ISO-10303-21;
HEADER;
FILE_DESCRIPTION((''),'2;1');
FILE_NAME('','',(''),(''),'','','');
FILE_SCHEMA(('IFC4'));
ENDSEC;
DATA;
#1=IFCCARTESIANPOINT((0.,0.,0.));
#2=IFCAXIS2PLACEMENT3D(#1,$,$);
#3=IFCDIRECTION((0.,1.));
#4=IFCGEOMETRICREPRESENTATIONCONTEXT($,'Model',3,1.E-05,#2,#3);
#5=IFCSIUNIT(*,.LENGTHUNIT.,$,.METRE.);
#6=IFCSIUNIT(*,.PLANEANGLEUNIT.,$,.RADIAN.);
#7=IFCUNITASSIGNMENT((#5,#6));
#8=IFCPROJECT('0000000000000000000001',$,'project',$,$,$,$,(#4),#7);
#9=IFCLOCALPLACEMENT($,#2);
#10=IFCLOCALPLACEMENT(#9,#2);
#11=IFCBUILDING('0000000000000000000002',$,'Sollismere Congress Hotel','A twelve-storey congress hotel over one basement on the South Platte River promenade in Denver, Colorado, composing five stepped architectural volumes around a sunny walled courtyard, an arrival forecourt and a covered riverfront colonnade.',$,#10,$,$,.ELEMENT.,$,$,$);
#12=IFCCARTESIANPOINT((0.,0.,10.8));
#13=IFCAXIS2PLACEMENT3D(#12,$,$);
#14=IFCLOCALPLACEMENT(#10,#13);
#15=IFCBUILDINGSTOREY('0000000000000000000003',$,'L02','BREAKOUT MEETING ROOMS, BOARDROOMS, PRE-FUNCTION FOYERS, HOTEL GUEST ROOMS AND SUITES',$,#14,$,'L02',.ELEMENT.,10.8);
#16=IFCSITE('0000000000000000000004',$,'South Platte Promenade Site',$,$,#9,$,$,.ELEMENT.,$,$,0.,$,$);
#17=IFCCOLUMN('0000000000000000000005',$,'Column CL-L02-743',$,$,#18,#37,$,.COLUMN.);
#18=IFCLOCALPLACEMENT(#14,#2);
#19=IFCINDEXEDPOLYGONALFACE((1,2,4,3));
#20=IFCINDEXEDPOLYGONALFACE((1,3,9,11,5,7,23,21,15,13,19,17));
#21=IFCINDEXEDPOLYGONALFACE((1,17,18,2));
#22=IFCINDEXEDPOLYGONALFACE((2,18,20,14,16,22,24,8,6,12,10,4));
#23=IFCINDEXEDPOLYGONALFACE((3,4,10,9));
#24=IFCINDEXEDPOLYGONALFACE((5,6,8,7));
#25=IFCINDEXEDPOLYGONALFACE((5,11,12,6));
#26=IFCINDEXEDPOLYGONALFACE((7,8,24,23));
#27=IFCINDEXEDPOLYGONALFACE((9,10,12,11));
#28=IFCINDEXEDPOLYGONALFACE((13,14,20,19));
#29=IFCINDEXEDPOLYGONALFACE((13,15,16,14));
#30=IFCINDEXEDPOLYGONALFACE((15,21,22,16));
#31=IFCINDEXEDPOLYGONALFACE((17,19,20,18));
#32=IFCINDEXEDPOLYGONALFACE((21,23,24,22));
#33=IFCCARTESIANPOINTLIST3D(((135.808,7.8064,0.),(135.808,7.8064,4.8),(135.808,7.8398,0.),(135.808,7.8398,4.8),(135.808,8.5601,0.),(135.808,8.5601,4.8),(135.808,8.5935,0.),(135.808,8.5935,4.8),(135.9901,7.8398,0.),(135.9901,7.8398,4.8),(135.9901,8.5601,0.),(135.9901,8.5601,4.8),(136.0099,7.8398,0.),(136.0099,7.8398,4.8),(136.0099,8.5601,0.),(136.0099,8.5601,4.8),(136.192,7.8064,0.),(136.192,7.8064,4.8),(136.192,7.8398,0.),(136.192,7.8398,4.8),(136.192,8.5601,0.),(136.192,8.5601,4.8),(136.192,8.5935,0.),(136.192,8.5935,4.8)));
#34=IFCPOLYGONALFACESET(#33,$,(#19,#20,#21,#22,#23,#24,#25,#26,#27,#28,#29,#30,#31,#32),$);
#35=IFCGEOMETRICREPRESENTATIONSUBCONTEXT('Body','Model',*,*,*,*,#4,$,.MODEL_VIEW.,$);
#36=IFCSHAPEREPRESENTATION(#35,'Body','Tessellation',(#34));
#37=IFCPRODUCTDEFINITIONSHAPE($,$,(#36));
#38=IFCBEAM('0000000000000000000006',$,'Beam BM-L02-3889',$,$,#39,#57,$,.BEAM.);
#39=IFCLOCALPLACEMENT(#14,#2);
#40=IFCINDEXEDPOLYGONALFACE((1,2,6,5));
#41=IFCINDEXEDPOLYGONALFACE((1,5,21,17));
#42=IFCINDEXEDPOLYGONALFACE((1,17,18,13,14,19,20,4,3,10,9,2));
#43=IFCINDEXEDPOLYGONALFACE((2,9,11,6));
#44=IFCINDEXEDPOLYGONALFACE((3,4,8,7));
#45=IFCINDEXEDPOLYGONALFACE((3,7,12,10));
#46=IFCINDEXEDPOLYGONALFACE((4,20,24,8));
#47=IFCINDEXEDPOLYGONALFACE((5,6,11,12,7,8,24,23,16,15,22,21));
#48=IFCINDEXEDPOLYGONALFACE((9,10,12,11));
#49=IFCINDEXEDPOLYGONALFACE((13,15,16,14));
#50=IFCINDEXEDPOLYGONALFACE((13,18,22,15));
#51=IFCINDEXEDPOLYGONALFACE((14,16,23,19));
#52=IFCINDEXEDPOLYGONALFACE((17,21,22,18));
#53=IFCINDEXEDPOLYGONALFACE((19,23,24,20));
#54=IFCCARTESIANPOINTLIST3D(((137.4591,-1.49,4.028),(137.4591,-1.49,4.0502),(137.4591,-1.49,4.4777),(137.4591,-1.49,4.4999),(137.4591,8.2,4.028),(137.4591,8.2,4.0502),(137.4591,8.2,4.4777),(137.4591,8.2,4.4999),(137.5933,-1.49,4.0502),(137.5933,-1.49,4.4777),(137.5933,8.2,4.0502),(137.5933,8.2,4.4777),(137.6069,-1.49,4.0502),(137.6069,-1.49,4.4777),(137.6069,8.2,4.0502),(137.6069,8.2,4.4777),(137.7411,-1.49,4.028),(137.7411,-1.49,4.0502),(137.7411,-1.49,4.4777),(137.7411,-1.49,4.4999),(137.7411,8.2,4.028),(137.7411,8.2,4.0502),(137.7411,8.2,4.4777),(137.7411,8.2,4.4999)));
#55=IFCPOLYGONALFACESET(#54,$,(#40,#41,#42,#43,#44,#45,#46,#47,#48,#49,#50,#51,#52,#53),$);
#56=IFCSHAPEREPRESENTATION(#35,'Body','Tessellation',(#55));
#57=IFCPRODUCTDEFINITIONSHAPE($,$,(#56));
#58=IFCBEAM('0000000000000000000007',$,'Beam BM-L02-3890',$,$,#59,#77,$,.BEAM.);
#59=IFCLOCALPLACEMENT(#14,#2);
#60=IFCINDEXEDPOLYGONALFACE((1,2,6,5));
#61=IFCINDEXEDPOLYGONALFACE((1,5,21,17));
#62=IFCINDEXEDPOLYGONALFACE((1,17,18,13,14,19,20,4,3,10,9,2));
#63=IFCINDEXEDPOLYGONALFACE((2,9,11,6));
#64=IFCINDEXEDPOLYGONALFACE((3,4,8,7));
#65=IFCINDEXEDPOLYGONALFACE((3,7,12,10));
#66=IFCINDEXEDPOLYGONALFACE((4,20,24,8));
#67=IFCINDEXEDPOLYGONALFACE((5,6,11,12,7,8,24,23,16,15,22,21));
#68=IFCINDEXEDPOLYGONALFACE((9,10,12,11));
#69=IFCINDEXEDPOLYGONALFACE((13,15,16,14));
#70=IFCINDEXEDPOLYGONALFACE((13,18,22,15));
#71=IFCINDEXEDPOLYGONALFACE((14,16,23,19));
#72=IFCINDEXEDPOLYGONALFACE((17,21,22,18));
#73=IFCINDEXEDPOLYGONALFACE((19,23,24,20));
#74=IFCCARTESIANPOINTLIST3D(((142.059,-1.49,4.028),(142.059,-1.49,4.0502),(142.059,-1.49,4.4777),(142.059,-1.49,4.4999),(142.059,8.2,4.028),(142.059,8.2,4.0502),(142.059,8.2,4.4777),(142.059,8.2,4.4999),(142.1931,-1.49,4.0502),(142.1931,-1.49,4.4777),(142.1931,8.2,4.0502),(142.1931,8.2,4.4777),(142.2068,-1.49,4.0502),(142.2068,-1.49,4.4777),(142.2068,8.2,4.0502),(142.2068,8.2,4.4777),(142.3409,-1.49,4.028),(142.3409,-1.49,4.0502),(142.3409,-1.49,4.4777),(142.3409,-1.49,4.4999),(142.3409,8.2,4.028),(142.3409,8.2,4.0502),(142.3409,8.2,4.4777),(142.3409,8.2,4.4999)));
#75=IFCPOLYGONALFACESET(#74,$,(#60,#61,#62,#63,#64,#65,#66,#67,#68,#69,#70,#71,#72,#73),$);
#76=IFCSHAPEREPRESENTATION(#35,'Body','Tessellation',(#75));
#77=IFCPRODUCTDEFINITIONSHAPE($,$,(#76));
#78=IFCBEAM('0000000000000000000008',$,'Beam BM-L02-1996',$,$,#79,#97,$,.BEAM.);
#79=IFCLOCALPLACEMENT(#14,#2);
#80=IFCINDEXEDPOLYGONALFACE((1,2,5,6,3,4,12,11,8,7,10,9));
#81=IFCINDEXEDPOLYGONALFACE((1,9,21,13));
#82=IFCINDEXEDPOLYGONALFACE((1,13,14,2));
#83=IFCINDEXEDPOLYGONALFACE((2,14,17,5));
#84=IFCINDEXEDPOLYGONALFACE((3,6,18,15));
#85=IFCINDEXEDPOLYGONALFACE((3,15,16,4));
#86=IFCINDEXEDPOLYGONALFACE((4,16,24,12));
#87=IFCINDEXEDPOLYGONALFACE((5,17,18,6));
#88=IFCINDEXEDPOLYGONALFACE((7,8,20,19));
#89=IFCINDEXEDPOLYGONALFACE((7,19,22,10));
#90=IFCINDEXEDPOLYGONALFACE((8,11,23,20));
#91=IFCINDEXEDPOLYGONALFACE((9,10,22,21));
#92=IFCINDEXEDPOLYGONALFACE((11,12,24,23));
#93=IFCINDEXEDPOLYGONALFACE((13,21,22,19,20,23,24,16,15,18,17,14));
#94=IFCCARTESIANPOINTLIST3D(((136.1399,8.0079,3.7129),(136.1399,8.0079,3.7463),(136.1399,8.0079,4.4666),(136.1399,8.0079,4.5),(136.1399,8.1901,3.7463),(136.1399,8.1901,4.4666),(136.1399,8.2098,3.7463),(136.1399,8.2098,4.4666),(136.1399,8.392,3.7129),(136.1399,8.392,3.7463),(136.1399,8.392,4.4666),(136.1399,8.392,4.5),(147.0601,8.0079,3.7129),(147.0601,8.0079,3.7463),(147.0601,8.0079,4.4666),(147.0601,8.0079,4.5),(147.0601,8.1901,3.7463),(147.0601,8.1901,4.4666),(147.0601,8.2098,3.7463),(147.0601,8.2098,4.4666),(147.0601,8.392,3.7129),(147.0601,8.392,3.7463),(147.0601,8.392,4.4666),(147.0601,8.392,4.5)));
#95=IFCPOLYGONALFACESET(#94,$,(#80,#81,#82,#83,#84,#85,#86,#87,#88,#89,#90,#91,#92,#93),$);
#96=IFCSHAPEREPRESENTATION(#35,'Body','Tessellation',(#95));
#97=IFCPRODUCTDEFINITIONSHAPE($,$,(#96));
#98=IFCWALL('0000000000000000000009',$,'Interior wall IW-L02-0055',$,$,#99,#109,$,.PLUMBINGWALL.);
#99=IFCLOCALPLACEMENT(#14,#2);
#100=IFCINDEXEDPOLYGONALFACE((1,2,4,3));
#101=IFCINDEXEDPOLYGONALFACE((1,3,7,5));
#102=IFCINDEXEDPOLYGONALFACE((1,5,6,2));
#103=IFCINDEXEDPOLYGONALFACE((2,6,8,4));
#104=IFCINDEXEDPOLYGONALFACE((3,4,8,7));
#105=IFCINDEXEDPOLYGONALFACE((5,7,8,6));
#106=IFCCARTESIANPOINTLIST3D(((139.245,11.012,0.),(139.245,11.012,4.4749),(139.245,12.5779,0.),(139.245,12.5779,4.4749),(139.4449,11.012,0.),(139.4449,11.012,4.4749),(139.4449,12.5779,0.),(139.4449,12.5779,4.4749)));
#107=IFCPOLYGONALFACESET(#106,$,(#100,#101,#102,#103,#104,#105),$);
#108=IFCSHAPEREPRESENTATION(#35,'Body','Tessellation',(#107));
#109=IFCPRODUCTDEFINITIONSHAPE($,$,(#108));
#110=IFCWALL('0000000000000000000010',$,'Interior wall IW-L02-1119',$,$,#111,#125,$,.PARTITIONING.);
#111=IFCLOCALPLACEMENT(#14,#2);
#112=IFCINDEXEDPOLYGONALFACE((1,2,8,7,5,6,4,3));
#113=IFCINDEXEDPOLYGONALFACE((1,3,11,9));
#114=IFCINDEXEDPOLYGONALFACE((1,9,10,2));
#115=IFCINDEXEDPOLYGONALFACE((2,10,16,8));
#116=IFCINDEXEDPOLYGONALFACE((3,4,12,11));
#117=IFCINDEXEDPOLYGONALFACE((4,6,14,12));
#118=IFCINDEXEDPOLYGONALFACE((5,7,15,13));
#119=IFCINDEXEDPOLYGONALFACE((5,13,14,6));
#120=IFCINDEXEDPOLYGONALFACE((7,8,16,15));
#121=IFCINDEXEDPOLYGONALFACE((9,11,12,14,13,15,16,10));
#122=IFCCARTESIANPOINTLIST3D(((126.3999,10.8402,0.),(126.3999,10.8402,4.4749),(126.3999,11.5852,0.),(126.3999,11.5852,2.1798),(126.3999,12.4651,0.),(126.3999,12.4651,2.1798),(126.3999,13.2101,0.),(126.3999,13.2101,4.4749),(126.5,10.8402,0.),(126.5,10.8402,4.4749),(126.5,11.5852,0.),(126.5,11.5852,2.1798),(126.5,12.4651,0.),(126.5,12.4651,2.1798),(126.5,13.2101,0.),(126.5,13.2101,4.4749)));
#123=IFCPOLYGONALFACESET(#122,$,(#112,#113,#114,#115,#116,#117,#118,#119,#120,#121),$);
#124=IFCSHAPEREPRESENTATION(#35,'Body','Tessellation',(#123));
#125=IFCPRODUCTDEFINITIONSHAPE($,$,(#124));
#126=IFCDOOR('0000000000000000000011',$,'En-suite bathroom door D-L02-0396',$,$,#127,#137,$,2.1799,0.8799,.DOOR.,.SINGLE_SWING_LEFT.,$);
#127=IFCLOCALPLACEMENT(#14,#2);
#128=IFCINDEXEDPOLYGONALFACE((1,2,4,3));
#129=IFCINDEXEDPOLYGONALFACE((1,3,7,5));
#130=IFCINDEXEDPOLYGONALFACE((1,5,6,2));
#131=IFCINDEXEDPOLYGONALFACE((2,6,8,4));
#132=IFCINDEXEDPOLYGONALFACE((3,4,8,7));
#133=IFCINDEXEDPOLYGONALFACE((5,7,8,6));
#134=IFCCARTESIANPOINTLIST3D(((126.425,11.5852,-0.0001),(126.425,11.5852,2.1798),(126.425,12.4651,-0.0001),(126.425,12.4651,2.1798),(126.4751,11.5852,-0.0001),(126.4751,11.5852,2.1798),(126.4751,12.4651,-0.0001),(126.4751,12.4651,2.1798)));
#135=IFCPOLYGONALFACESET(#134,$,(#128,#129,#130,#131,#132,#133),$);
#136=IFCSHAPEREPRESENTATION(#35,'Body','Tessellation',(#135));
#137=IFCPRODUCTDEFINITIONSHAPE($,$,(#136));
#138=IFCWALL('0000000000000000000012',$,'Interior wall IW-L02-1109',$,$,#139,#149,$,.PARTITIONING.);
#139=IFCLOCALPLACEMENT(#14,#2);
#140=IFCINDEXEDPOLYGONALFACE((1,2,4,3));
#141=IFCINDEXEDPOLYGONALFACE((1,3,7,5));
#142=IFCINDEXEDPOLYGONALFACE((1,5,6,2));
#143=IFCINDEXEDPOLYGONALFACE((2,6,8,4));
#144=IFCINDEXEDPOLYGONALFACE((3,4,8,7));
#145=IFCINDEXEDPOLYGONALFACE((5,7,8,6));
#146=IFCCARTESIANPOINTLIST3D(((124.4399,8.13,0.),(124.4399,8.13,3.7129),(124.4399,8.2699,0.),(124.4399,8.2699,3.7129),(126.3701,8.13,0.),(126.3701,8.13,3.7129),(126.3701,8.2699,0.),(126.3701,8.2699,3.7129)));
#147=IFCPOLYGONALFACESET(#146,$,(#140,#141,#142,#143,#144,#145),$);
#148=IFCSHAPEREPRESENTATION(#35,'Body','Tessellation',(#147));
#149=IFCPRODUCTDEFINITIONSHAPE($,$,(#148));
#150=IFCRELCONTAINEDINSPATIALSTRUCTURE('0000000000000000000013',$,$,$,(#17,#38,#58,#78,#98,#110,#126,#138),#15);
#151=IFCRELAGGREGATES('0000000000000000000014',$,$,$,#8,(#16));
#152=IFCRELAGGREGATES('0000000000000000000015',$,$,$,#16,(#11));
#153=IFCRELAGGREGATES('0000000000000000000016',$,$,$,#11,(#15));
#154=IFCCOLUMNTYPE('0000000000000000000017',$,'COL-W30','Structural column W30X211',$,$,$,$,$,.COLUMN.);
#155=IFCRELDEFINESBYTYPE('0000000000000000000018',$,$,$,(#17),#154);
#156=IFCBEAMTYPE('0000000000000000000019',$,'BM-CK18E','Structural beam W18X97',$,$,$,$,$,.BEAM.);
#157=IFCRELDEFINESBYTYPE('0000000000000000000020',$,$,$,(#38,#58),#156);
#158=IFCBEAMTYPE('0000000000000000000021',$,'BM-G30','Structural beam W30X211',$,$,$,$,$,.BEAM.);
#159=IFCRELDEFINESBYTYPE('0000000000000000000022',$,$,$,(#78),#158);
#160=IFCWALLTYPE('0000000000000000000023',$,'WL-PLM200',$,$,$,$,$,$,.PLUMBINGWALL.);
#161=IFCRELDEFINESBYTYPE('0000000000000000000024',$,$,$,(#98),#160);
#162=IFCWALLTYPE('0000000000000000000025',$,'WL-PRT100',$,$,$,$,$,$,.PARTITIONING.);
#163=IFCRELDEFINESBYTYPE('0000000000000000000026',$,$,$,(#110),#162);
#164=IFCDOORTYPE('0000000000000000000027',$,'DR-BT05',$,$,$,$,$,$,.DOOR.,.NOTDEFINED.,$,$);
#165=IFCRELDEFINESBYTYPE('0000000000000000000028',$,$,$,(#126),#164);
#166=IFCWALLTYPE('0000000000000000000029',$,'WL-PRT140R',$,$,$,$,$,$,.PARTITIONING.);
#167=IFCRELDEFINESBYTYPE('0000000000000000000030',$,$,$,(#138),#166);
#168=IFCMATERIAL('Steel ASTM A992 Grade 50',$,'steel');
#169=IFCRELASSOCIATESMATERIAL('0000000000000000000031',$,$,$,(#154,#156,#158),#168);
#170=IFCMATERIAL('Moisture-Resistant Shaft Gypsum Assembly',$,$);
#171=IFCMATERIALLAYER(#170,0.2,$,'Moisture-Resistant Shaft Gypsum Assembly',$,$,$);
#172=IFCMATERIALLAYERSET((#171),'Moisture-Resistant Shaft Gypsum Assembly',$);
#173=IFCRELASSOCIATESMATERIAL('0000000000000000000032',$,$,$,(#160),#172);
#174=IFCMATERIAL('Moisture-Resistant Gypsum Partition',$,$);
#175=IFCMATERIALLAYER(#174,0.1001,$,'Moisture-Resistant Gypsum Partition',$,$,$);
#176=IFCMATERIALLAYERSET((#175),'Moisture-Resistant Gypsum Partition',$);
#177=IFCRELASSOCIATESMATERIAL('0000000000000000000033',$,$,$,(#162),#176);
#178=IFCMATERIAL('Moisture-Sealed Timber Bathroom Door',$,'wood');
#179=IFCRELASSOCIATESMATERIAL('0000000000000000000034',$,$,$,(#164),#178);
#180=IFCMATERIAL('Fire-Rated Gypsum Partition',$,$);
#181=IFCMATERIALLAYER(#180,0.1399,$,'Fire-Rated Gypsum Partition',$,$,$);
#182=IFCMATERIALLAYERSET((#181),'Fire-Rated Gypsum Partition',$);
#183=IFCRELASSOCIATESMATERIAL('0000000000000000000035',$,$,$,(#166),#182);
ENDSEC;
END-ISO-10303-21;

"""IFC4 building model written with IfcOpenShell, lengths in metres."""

from ifc_helpers import new_model, si_unit, direction, frame, frame_2d, origin, origin_2d, place, context, subcontext, project, spatial, rectangle, i_section, extrude, material, layer, layer_set, material_profile, profile_set, type_object, element, fill, save


model = new_model("IFC4")

# Units and contexts
model_context = context("Model", 3, precision=1e-05, world=origin(), true_north=direction((0.0, 1.0)))
body_context = subcontext(model_context, "Body", "Model", "MODEL_VIEW")
ifc_project = project(units=[si_unit("LENGTHUNIT", "METRE"), si_unit("PLANEANGLEUNIT", "RADIAN")], contexts=[model_context])

# Site, building, storey
site_placement = place(None, origin())
site = spatial("IfcSite", under=ifc_project, at=site_placement, Name="South Platte Promenade Site", CompositionType="ELEMENT", RefElevation=0.0)
building_placement = place(site_placement, origin())
building = spatial("IfcBuilding", under=site, at=building_placement, Name="Sollismere Congress Hotel", Description="A twelve-storey congress hotel over one basement on the South Platte River promenade in Denver, Colorado, composing five stepped architectural volumes around a sunny walled courtyard, an arrival forecourt and a covered riverfront colonnade.", CompositionType="ELEMENT")
storey_placement = place(building_placement, frame((0.0, 0.0, 10.8)))
storey = spatial("IfcBuildingStorey", under=building, at=storey_placement, Name="L02", Description="BREAKOUT MEETING ROOMS, BOARDROOMS, PRE-FUNCTION FOYERS, HOTEL GUEST ROOMS AND SUITES", LongName="L02", CompositionType="ELEMENT", Elevation=10.8)

# Column
ifc_material_1 = material(Name="Steel ASTM A992 Grade 50", Category="steel")
ifc_material_profile_1 = material_profile(ifc_material_1, i_section(OverallWidth=0.384, OverallDepth=0.7871, WebThickness=0.0198, FlangeThickness=0.0334, at=origin_2d()), Name="W30X211")
ifc_profile_set_1 = profile_set([ifc_material_profile_1], Name="Steel ASTM A992 Grade 50")
column_type = type_object("IfcColumnType", Name="COL-W30", Description="Structural column W30X211", PredefinedType="COLUMN", material=ifc_profile_set_1)
column_placement = place(storey_placement, frame((136.0, 8.2, 0.0), z_axis=(0.0, 0.0, 1.0), x_axis=(1.0, 0.0, 0.0)))
element("IfcColumn", 1, at=column_placement, inside=storey, type_object=column_type, Name="Column CL-L02-743", PredefinedType="COLUMN", context=body_context, shape_type="SweptSolid", body=[
    extrude(i_section(OverallWidth=0.384, OverallDepth=0.7871, WebThickness=0.0198, FlangeThickness=0.0334, at=origin_2d()), origin(), (0.0, 0.0, 1.0), 4.8),
])

# Beams
ifc_material_profile_2 = material_profile(ifc_material_1, i_section(OverallWidth=0.282, OverallDepth=0.4719, WebThickness=0.0137, FlangeThickness=0.0222, at=origin_2d()), Name="W18X97")
ifc_profile_set_2 = profile_set([ifc_material_profile_2], Name="Steel ASTM A992 Grade 50")
beam_type_1 = type_object("IfcBeamType", Name="BM-CK18E", Description="Structural beam W18X97", PredefinedType="BEAM", material=ifc_profile_set_2)
for number, where, z_axis, x_axis, name in (
    (2, (137.6001, 8.2, 4.2639), (0.0, -1.0, 0.0), (1.0, 0.0, 0.0), "Beam BM-L02-3889"),
    (3, (142.2, 8.2, 4.2639), (0.0, -1.0, 0.0), (1.0, 0.0, 0.0), "Beam BM-L02-3890"),
):
    element("IfcBeam", number, at=place(storey_placement, frame(where, z_axis=z_axis, x_axis=x_axis)), inside=storey, type_object=beam_type_1, Name=name, PredefinedType="BEAM", context=body_context, shape_type="SweptSolid", body=[
        extrude(i_section(OverallWidth=0.282, OverallDepth=0.4719, WebThickness=0.0137, FlangeThickness=0.0222, at=origin_2d()), origin(), (0.0, 0.0, 1.0), 9.6899),
    ])
ifc_material_profile_3 = material_profile(ifc_material_1, i_section(OverallWidth=0.384, OverallDepth=0.7871, WebThickness=0.0198, FlangeThickness=0.0334, at=origin_2d()), Name="W30X211")
ifc_profile_set_3 = profile_set([ifc_material_profile_3], Name="Steel ASTM A992 Grade 50")
beam_type_2 = type_object("IfcBeamType", Name="BM-G30", Description="Structural beam W30X211", PredefinedType="BEAM", material=ifc_profile_set_3)
beam_placement = place(storey_placement, frame((136.1399, 8.2, 4.1064), z_axis=(1.0, 0.0, 0.0), x_axis=(0.0, 1.0, 0.0)))
element("IfcBeam", 4, at=beam_placement, inside=storey, type_object=beam_type_2, Name="Beam BM-L02-1996", PredefinedType="BEAM", context=body_context, shape_type="SweptSolid", body=[
    extrude(i_section(OverallWidth=0.384, OverallDepth=0.7871, WebThickness=0.0198, FlangeThickness=0.0334, at=origin_2d()), origin(), (0.0, 0.0, 1.0), 10.9202),
])

# Wall
ifc_material_2 = material(Name="Moisture-Resistant Shaft Gypsum Assembly")
ifc_layer_1 = layer(ifc_material_2, 0.2, Name="Moisture-Resistant Shaft Gypsum Assembly")
ifc_layer_set_1 = layer_set([ifc_layer_1], Name="Moisture-Resistant Shaft Gypsum Assembly")
wall_type_1 = type_object("IfcWallType", Name="WL-PLM200", PredefinedType="PLUMBINGWALL", material=ifc_layer_set_1)
wall_1_placement = place(storey_placement, frame((139.345, 11.012, 0.0), z_axis=(0.0, 0.0, 1.0), x_axis=(0.0, 1.0, 0.0)))
element("IfcWall", 5, at=wall_1_placement, inside=storey, type_object=wall_type_1, Name="Interior wall IW-L02-0055", PredefinedType="PLUMBINGWALL", context=body_context, shape_type="SweptSolid", body=[
    extrude(rectangle(XDim=1.5659, YDim=0.2, at=frame_2d((0.783, 0.0))), origin(), (0.0, 0.0, 1.0), 4.4749),
])

# Wall, opening, door
ifc_material_3 = material(Name="Moisture-Resistant Gypsum Partition")
ifc_layer_2 = layer(ifc_material_3, 0.1001, Name="Moisture-Resistant Gypsum Partition")
ifc_layer_set_2 = layer_set([ifc_layer_2], Name="Moisture-Resistant Gypsum Partition")
wall_type_2 = type_object("IfcWallType", Name="WL-PRT100", PredefinedType="PARTITIONING", material=ifc_layer_set_2)
wall_2_placement = place(storey_placement, frame((126.45, 10.8401, 0.0), z_axis=(0.0, 0.0, 1.0), x_axis=(0.0, 1.0, 0.0)))
wall_2 = element("IfcWall", 6, at=wall_2_placement, inside=storey, type_object=wall_type_2, Name="Interior wall IW-L02-1119", PredefinedType="PARTITIONING", context=body_context, shape_type="SweptSolid", body=[
    extrude(rectangle(XDim=2.3699, YDim=0.1001, at=frame_2d((1.1851, 0.0))), origin(), (0.0, 0.0, 1.0), 4.4749),
])
opening_1_placement = place(wall_2_placement, frame((0.7451, 0.0, 0.0)))
opening_1 = element("IfcOpeningElement", 7, at=opening_1_placement, cuts=wall_2, PredefinedType="OPENING", context=body_context, shape_type="SweptSolid", body=[
    extrude(rectangle(XDim=0.8799, YDim=2.1799, at=frame_2d((0.4399, 1.0898))), frame((0.0, 0.0601, 0.0), z_axis=(0.0, -1.0, 0.0), x_axis=(1.0, 0.0, 0.0)), (0.0, 0.0, 1.0), 0.1201),
])
ifc_material_4 = material(Name="Moisture-Sealed Timber Bathroom Door", Category="wood")
door_type_1 = type_object("IfcDoorType", Name="DR-BT05", OperationType="NOTDEFINED", PredefinedType="DOOR", material=ifc_material_4)
door_1_placement = place(opening_1_placement, origin())
door_1 = element("IfcDoor", 8, at=door_1_placement, inside=storey, type_object=door_type_1, Name="En-suite bathroom door D-L02-0396", OperationType="SINGLE_SWING_LEFT", OverallHeight=2.1799, OverallWidth=0.8799, PredefinedType="DOOR", context=body_context, shape_type="SweptSolid", body=[
    extrude(rectangle(XDim=0.8799, YDim=2.1799, at=frame_2d((0.4399, 1.0898))), frame((0.0, 0.0249, 0.0), z_axis=(0.0, -1.0, 0.0), x_axis=(1.0, 0.0, 0.0)), (0.0, 0.0, 1.0), 0.05),
])
fill(opening_1, door_1)

# Wall
ifc_material_5 = material(Name="Fire-Rated Gypsum Partition")
ifc_layer_3 = layer(ifc_material_5, 0.1399, Name="Fire-Rated Gypsum Partition")
ifc_layer_set_3 = layer_set([ifc_layer_3], Name="Fire-Rated Gypsum Partition")
wall_type_3 = type_object("IfcWallType", Name="WL-PRT140R", PredefinedType="PARTITIONING", material=ifc_layer_set_3)
wall_3_placement = place(storey_placement, frame((124.4399, 8.2, 0.0), z_axis=(0.0, 0.0, 1.0), x_axis=(1.0, 0.0, 0.0)))
element("IfcWall", 9, at=wall_3_placement, inside=storey, type_object=wall_type_3, Name="Interior wall IW-L02-1109", PredefinedType="PARTITIONING", context=body_context, shape_type="SweptSolid", body=[
    extrude(rectangle(XDim=1.9302, YDim=0.1399, at=frame_2d((0.9651, 0.0))), origin(), (0.0, 0.0, 1.0), 3.7129),
])

save(model, "model.ifc")
